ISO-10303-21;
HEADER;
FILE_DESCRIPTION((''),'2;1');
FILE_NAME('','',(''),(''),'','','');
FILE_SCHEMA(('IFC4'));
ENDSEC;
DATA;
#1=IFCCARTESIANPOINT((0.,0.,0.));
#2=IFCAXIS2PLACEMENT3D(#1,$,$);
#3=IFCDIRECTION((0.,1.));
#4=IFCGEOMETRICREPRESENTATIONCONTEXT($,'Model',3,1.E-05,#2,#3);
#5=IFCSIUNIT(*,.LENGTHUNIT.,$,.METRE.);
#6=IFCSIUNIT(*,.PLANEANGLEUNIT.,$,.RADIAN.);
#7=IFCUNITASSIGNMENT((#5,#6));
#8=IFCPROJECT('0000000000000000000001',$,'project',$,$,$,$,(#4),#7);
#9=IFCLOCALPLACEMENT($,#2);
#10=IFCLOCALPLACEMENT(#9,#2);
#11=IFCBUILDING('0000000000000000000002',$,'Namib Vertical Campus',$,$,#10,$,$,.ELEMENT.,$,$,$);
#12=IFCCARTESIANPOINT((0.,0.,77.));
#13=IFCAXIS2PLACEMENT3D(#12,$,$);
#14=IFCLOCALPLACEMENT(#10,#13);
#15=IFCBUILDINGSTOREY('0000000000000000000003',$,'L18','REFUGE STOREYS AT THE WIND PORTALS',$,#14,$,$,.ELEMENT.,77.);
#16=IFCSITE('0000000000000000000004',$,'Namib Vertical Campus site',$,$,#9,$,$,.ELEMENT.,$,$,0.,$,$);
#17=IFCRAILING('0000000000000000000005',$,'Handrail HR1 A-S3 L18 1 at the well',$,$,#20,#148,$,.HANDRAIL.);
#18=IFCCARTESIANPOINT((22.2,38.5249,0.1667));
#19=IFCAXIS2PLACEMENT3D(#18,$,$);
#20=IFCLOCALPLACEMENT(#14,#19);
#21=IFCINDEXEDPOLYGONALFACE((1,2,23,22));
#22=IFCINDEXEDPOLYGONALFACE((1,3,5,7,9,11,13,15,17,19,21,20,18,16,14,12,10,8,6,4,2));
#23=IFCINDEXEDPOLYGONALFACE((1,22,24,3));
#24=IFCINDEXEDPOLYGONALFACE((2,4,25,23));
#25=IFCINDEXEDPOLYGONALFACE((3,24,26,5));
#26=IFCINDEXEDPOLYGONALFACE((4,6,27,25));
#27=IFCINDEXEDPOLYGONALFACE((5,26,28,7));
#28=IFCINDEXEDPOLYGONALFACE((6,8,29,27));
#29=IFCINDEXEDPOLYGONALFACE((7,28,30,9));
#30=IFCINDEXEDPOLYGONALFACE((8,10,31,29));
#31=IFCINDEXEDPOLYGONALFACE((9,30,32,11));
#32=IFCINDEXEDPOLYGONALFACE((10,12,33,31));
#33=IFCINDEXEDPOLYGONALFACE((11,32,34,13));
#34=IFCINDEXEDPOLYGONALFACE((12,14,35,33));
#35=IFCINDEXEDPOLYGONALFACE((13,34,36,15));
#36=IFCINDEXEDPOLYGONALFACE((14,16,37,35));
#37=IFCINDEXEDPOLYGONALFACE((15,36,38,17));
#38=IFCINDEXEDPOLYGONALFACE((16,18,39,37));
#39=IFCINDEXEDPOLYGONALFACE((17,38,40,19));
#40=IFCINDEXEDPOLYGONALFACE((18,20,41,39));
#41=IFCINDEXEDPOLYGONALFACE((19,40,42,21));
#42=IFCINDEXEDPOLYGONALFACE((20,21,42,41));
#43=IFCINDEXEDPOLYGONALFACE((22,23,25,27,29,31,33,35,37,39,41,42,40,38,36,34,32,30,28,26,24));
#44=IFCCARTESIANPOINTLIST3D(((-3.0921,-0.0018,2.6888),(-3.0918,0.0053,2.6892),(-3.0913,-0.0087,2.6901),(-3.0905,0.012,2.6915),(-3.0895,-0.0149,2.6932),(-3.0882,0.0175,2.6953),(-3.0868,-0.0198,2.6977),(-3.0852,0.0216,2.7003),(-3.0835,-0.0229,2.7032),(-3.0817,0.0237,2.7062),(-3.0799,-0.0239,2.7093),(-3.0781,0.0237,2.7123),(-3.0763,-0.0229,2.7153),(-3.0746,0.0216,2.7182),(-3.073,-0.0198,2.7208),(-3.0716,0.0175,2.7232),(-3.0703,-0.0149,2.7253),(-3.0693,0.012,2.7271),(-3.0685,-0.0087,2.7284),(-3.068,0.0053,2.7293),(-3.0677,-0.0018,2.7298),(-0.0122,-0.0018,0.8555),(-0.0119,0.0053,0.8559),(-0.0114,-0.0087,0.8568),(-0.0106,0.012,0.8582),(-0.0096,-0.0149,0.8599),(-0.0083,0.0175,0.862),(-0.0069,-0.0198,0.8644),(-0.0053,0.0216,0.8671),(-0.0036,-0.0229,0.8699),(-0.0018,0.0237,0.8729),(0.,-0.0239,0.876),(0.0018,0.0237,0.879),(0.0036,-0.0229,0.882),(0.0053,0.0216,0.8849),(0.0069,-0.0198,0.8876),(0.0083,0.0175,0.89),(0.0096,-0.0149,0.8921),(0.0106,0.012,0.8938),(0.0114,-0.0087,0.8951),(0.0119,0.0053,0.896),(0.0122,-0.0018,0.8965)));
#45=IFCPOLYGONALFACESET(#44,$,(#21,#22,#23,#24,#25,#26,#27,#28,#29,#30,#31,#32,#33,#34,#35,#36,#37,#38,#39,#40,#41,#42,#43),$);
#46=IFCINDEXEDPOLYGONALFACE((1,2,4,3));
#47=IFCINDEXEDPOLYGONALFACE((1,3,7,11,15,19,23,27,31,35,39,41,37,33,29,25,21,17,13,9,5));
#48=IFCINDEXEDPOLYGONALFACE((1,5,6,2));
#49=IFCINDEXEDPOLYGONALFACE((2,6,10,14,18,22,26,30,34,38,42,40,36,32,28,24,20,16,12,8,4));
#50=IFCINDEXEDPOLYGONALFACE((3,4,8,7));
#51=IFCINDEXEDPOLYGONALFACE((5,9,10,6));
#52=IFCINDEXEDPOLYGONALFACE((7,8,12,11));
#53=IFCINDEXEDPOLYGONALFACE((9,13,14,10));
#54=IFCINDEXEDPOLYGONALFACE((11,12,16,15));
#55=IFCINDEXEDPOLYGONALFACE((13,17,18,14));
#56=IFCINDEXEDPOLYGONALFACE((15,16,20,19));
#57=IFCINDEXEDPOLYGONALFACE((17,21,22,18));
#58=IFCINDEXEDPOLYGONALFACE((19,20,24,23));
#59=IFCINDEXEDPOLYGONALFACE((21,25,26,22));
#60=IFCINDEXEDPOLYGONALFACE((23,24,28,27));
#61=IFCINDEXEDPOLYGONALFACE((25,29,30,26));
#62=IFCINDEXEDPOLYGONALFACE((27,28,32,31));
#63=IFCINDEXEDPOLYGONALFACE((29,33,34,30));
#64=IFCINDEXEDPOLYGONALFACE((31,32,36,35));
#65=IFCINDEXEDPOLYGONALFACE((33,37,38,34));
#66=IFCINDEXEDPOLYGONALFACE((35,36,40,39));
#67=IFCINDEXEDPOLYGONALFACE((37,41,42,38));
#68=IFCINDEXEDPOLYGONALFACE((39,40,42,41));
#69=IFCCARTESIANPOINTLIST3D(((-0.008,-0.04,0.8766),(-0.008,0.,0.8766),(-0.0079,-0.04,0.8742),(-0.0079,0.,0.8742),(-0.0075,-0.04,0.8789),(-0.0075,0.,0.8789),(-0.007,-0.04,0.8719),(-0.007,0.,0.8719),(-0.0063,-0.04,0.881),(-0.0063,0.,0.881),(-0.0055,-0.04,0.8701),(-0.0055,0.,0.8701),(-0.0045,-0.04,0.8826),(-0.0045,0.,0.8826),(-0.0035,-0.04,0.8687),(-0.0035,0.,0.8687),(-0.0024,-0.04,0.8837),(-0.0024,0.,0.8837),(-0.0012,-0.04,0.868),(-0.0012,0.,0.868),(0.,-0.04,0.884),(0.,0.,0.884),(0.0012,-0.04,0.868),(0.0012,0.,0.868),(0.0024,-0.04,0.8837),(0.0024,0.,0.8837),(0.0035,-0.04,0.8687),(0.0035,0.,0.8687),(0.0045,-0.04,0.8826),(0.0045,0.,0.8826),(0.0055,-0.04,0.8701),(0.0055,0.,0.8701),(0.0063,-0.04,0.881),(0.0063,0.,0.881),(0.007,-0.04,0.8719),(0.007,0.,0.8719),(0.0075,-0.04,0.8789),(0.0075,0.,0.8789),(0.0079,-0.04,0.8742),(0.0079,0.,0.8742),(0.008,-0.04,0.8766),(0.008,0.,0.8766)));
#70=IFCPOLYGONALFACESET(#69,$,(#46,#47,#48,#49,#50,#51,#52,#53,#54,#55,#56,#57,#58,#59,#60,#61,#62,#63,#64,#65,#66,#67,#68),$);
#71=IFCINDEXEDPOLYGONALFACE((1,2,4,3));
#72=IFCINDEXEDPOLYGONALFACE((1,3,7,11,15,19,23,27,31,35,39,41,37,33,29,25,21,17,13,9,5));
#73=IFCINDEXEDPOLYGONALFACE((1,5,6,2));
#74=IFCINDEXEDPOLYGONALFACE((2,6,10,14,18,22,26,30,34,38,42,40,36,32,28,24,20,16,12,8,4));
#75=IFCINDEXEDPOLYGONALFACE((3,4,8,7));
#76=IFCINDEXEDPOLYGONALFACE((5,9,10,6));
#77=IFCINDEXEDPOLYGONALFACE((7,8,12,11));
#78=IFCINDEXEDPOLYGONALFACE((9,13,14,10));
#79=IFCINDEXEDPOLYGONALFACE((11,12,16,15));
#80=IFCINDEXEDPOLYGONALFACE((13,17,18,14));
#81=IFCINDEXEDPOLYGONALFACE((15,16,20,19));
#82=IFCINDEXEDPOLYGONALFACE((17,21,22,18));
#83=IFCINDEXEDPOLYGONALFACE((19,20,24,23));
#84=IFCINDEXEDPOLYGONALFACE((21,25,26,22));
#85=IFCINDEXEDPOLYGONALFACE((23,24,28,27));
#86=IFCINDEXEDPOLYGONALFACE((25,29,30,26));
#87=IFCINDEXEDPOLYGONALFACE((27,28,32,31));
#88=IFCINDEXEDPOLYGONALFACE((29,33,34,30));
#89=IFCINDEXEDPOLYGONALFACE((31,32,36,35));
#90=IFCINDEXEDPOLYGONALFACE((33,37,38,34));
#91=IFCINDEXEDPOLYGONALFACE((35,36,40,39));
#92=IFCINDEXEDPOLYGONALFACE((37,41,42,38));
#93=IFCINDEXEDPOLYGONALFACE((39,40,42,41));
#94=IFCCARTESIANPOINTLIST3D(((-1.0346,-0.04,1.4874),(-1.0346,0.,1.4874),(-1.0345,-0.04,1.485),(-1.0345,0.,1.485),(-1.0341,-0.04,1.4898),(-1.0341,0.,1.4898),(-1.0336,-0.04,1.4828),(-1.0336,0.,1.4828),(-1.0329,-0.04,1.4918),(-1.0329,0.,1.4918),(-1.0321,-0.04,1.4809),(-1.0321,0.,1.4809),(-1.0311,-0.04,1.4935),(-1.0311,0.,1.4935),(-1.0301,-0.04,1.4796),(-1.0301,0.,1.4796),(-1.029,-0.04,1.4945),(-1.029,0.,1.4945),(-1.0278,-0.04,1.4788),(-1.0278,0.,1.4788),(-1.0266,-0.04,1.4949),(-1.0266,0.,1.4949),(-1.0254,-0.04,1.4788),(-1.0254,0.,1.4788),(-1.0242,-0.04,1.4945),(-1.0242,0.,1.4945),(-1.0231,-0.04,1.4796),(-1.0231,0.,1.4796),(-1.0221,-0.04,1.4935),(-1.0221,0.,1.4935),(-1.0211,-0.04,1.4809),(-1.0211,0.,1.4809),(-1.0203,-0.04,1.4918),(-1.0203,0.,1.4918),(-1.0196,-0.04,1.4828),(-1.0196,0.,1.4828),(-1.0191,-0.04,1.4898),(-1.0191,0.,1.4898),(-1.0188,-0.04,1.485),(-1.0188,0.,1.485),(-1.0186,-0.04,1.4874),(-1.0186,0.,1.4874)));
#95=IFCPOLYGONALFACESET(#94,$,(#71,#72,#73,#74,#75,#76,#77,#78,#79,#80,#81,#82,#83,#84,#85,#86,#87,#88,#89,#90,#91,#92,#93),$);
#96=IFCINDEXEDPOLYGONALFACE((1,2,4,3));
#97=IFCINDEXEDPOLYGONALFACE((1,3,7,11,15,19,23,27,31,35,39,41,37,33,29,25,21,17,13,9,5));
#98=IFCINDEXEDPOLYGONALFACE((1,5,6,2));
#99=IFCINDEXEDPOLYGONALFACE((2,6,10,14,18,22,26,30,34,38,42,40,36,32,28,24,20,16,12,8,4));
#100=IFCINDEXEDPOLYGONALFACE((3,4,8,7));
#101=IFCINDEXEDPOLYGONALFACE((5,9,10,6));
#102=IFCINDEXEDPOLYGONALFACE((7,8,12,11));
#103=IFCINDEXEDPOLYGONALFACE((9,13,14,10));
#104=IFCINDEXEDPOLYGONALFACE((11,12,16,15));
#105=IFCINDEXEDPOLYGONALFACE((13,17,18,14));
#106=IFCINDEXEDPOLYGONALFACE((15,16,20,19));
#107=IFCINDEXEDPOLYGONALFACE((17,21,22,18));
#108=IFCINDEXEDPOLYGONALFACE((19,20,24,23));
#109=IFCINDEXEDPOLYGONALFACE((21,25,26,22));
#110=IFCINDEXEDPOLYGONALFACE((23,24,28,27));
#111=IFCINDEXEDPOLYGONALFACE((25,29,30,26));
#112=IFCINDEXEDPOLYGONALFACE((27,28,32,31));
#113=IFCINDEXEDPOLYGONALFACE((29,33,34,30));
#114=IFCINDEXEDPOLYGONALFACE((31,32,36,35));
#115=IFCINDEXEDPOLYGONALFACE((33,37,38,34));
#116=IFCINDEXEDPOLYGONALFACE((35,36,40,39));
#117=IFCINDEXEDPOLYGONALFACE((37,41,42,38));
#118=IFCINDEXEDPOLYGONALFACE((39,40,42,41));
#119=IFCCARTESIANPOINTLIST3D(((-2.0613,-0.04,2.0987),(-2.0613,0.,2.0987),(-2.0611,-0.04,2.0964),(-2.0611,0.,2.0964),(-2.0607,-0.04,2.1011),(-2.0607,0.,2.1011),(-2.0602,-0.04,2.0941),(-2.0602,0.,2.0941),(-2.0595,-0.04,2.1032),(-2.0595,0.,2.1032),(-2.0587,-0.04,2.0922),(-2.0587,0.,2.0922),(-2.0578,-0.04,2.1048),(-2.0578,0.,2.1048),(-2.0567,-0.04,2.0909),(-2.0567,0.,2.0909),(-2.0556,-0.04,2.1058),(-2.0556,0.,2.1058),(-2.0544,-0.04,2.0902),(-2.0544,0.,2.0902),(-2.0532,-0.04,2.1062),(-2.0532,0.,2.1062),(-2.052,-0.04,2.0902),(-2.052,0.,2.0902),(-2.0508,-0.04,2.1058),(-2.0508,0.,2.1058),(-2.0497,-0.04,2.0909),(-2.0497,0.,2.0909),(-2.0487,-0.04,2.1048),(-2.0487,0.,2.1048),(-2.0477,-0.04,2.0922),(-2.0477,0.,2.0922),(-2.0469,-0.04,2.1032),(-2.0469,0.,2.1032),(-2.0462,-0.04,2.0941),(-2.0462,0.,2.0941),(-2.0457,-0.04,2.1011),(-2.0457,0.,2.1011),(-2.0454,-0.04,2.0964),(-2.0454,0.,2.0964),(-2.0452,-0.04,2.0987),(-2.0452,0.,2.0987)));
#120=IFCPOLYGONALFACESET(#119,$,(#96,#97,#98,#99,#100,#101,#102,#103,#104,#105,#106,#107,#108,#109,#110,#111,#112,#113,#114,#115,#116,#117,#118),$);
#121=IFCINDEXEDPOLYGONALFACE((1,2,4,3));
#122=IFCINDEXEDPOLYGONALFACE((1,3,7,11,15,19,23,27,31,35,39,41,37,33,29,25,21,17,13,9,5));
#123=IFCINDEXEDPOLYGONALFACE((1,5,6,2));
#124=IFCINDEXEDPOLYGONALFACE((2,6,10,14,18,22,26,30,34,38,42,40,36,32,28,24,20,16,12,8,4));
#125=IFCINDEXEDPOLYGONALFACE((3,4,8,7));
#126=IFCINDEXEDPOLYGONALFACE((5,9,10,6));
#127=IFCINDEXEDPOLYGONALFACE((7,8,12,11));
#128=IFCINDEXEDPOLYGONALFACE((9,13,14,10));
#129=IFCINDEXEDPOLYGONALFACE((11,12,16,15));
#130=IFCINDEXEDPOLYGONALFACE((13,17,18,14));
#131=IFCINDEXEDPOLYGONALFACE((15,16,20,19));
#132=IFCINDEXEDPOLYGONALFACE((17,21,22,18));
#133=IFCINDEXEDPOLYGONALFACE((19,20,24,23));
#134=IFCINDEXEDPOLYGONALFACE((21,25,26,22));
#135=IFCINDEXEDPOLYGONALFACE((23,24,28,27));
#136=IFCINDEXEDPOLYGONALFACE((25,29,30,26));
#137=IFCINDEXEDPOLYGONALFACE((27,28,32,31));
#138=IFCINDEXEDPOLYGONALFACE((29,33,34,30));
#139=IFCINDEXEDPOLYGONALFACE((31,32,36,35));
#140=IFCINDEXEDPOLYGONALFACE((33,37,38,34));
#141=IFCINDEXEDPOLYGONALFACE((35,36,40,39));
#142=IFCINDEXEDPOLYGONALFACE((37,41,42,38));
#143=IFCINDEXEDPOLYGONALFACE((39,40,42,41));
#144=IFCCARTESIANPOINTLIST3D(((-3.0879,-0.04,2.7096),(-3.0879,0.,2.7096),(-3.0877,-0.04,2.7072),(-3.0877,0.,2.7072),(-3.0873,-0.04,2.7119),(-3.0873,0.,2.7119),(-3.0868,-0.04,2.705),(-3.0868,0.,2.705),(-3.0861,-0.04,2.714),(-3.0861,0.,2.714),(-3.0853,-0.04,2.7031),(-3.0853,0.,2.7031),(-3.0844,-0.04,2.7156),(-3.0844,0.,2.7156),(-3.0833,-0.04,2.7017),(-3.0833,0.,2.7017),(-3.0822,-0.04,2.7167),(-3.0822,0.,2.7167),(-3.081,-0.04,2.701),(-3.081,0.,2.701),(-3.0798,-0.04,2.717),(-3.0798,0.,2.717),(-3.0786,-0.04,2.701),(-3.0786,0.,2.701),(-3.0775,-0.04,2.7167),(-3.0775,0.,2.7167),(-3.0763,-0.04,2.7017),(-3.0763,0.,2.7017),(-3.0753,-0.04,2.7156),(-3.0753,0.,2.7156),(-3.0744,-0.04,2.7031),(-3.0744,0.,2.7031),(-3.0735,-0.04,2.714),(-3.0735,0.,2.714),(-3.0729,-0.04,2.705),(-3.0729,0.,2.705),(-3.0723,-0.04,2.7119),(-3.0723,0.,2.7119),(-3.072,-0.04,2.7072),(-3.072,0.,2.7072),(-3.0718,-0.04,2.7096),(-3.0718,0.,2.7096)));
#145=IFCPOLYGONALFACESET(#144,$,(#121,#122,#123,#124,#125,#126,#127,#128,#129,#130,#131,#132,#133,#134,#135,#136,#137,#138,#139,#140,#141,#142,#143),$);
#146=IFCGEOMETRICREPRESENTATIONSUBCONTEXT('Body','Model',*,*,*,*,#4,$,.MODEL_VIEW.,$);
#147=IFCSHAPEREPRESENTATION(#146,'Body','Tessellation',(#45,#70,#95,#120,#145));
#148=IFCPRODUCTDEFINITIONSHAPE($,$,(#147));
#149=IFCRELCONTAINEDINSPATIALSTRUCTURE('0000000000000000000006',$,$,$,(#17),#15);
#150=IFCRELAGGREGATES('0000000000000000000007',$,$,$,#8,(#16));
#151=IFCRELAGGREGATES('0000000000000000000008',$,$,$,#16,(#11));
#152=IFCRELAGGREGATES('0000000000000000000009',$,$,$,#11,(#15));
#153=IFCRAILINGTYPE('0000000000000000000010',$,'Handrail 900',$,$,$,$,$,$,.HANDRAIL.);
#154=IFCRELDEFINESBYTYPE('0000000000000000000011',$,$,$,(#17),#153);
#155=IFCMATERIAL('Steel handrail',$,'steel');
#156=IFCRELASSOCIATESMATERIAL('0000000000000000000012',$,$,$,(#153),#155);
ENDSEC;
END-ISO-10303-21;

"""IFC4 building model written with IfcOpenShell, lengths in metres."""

from ifc_helpers import new_model, si_unit, direction, frame, origin, origin_2d, place, context, subcontext, project, spatial, circle, extrude, material, type_object, element, save


model = new_model("IFC4")

# Units and contexts
model_context = context("Model", 3, precision=1e-05, world=origin(), true_north=direction((0.0, 1.0)))
body_context = subcontext(model_context, "Body", "Model", "MODEL_VIEW")
ifc_project = project(units=[si_unit("LENGTHUNIT", "METRE"), si_unit("PLANEANGLEUNIT", "RADIAN")], contexts=[model_context])

# Site, building, storey
site_placement = place(None, origin())
site = spatial("IfcSite", under=ifc_project, at=site_placement, Name="Namib Vertical Campus site", CompositionType="ELEMENT", RefElevation=0.0)
building_placement = place(site_placement, origin())
building = spatial("IfcBuilding", under=site, at=building_placement, Name="Namib Vertical Campus", CompositionType="ELEMENT")
storey_placement = place(building_placement, frame((0.0, 0.0, 77.0)))
storey = spatial("IfcBuildingStorey", under=building, at=storey_placement, Name="L18", Description="REFUGE STOREYS AT THE WIND PORTALS", CompositionType="ELEMENT", Elevation=77.0)

# Railing
ifc_material_1 = material(Name="Steel handrail", Category="steel")
railing_type_1 = type_object("IfcRailingType", Name="Handrail 900", PredefinedType="HANDRAIL", material=ifc_material_1)
railing_1_placement = place(storey_placement, frame((22.2, 38.5249, 0.1667)))
element("IfcRailing", 1, at=railing_1_placement, inside=storey, type_object=railing_type_1, Name="Handrail HR1 A-S3 L18 1 at the well", PredefinedType="HANDRAIL", context=body_context, shape_type="SweptSolid", body=[
    extrude(circle(Radius=0.0239, at=origin_2d()), frame((0.0, 0.0, 0.876), z_axis=(-0.859291, 0.0, 0.511487), x_axis=(0.0, -1.0, 0.0)), (0.0, 0.0, 1.0), 3.5842),
    extrude(circle(Radius=0.0081, at=origin_2d()), frame((0.0, 0.0, 0.876), z_axis=(0.0, -1.0, 0.0), x_axis=(0.0, 0.0, 1.0)), (0.0, 0.0, 1.0), 0.04),
    extrude(circle(Radius=0.0081, at=origin_2d()), frame((-1.0266, 0.0, 1.4868), z_axis=(0.0, -1.0, 0.0), x_axis=(0.0, 0.0, 1.0)), (0.0, 0.0, 1.0), 0.04),
    extrude(circle(Radius=0.0081, at=origin_2d()), frame((-2.0532, 0.0, 2.0981), z_axis=(0.0, -1.0, 0.0), x_axis=(0.0, 0.0, 1.0)), (0.0, 0.0, 1.0), 0.04),
    extrude(circle(Radius=0.0081, at=origin_2d()), frame((-3.0798, 0.0, 2.709), z_axis=(0.0, -1.0, 0.0), x_axis=(0.0, 0.0, 1.0)), (0.0, 0.0, 1.0), 0.04),
])

save(model, "model.ifc")
